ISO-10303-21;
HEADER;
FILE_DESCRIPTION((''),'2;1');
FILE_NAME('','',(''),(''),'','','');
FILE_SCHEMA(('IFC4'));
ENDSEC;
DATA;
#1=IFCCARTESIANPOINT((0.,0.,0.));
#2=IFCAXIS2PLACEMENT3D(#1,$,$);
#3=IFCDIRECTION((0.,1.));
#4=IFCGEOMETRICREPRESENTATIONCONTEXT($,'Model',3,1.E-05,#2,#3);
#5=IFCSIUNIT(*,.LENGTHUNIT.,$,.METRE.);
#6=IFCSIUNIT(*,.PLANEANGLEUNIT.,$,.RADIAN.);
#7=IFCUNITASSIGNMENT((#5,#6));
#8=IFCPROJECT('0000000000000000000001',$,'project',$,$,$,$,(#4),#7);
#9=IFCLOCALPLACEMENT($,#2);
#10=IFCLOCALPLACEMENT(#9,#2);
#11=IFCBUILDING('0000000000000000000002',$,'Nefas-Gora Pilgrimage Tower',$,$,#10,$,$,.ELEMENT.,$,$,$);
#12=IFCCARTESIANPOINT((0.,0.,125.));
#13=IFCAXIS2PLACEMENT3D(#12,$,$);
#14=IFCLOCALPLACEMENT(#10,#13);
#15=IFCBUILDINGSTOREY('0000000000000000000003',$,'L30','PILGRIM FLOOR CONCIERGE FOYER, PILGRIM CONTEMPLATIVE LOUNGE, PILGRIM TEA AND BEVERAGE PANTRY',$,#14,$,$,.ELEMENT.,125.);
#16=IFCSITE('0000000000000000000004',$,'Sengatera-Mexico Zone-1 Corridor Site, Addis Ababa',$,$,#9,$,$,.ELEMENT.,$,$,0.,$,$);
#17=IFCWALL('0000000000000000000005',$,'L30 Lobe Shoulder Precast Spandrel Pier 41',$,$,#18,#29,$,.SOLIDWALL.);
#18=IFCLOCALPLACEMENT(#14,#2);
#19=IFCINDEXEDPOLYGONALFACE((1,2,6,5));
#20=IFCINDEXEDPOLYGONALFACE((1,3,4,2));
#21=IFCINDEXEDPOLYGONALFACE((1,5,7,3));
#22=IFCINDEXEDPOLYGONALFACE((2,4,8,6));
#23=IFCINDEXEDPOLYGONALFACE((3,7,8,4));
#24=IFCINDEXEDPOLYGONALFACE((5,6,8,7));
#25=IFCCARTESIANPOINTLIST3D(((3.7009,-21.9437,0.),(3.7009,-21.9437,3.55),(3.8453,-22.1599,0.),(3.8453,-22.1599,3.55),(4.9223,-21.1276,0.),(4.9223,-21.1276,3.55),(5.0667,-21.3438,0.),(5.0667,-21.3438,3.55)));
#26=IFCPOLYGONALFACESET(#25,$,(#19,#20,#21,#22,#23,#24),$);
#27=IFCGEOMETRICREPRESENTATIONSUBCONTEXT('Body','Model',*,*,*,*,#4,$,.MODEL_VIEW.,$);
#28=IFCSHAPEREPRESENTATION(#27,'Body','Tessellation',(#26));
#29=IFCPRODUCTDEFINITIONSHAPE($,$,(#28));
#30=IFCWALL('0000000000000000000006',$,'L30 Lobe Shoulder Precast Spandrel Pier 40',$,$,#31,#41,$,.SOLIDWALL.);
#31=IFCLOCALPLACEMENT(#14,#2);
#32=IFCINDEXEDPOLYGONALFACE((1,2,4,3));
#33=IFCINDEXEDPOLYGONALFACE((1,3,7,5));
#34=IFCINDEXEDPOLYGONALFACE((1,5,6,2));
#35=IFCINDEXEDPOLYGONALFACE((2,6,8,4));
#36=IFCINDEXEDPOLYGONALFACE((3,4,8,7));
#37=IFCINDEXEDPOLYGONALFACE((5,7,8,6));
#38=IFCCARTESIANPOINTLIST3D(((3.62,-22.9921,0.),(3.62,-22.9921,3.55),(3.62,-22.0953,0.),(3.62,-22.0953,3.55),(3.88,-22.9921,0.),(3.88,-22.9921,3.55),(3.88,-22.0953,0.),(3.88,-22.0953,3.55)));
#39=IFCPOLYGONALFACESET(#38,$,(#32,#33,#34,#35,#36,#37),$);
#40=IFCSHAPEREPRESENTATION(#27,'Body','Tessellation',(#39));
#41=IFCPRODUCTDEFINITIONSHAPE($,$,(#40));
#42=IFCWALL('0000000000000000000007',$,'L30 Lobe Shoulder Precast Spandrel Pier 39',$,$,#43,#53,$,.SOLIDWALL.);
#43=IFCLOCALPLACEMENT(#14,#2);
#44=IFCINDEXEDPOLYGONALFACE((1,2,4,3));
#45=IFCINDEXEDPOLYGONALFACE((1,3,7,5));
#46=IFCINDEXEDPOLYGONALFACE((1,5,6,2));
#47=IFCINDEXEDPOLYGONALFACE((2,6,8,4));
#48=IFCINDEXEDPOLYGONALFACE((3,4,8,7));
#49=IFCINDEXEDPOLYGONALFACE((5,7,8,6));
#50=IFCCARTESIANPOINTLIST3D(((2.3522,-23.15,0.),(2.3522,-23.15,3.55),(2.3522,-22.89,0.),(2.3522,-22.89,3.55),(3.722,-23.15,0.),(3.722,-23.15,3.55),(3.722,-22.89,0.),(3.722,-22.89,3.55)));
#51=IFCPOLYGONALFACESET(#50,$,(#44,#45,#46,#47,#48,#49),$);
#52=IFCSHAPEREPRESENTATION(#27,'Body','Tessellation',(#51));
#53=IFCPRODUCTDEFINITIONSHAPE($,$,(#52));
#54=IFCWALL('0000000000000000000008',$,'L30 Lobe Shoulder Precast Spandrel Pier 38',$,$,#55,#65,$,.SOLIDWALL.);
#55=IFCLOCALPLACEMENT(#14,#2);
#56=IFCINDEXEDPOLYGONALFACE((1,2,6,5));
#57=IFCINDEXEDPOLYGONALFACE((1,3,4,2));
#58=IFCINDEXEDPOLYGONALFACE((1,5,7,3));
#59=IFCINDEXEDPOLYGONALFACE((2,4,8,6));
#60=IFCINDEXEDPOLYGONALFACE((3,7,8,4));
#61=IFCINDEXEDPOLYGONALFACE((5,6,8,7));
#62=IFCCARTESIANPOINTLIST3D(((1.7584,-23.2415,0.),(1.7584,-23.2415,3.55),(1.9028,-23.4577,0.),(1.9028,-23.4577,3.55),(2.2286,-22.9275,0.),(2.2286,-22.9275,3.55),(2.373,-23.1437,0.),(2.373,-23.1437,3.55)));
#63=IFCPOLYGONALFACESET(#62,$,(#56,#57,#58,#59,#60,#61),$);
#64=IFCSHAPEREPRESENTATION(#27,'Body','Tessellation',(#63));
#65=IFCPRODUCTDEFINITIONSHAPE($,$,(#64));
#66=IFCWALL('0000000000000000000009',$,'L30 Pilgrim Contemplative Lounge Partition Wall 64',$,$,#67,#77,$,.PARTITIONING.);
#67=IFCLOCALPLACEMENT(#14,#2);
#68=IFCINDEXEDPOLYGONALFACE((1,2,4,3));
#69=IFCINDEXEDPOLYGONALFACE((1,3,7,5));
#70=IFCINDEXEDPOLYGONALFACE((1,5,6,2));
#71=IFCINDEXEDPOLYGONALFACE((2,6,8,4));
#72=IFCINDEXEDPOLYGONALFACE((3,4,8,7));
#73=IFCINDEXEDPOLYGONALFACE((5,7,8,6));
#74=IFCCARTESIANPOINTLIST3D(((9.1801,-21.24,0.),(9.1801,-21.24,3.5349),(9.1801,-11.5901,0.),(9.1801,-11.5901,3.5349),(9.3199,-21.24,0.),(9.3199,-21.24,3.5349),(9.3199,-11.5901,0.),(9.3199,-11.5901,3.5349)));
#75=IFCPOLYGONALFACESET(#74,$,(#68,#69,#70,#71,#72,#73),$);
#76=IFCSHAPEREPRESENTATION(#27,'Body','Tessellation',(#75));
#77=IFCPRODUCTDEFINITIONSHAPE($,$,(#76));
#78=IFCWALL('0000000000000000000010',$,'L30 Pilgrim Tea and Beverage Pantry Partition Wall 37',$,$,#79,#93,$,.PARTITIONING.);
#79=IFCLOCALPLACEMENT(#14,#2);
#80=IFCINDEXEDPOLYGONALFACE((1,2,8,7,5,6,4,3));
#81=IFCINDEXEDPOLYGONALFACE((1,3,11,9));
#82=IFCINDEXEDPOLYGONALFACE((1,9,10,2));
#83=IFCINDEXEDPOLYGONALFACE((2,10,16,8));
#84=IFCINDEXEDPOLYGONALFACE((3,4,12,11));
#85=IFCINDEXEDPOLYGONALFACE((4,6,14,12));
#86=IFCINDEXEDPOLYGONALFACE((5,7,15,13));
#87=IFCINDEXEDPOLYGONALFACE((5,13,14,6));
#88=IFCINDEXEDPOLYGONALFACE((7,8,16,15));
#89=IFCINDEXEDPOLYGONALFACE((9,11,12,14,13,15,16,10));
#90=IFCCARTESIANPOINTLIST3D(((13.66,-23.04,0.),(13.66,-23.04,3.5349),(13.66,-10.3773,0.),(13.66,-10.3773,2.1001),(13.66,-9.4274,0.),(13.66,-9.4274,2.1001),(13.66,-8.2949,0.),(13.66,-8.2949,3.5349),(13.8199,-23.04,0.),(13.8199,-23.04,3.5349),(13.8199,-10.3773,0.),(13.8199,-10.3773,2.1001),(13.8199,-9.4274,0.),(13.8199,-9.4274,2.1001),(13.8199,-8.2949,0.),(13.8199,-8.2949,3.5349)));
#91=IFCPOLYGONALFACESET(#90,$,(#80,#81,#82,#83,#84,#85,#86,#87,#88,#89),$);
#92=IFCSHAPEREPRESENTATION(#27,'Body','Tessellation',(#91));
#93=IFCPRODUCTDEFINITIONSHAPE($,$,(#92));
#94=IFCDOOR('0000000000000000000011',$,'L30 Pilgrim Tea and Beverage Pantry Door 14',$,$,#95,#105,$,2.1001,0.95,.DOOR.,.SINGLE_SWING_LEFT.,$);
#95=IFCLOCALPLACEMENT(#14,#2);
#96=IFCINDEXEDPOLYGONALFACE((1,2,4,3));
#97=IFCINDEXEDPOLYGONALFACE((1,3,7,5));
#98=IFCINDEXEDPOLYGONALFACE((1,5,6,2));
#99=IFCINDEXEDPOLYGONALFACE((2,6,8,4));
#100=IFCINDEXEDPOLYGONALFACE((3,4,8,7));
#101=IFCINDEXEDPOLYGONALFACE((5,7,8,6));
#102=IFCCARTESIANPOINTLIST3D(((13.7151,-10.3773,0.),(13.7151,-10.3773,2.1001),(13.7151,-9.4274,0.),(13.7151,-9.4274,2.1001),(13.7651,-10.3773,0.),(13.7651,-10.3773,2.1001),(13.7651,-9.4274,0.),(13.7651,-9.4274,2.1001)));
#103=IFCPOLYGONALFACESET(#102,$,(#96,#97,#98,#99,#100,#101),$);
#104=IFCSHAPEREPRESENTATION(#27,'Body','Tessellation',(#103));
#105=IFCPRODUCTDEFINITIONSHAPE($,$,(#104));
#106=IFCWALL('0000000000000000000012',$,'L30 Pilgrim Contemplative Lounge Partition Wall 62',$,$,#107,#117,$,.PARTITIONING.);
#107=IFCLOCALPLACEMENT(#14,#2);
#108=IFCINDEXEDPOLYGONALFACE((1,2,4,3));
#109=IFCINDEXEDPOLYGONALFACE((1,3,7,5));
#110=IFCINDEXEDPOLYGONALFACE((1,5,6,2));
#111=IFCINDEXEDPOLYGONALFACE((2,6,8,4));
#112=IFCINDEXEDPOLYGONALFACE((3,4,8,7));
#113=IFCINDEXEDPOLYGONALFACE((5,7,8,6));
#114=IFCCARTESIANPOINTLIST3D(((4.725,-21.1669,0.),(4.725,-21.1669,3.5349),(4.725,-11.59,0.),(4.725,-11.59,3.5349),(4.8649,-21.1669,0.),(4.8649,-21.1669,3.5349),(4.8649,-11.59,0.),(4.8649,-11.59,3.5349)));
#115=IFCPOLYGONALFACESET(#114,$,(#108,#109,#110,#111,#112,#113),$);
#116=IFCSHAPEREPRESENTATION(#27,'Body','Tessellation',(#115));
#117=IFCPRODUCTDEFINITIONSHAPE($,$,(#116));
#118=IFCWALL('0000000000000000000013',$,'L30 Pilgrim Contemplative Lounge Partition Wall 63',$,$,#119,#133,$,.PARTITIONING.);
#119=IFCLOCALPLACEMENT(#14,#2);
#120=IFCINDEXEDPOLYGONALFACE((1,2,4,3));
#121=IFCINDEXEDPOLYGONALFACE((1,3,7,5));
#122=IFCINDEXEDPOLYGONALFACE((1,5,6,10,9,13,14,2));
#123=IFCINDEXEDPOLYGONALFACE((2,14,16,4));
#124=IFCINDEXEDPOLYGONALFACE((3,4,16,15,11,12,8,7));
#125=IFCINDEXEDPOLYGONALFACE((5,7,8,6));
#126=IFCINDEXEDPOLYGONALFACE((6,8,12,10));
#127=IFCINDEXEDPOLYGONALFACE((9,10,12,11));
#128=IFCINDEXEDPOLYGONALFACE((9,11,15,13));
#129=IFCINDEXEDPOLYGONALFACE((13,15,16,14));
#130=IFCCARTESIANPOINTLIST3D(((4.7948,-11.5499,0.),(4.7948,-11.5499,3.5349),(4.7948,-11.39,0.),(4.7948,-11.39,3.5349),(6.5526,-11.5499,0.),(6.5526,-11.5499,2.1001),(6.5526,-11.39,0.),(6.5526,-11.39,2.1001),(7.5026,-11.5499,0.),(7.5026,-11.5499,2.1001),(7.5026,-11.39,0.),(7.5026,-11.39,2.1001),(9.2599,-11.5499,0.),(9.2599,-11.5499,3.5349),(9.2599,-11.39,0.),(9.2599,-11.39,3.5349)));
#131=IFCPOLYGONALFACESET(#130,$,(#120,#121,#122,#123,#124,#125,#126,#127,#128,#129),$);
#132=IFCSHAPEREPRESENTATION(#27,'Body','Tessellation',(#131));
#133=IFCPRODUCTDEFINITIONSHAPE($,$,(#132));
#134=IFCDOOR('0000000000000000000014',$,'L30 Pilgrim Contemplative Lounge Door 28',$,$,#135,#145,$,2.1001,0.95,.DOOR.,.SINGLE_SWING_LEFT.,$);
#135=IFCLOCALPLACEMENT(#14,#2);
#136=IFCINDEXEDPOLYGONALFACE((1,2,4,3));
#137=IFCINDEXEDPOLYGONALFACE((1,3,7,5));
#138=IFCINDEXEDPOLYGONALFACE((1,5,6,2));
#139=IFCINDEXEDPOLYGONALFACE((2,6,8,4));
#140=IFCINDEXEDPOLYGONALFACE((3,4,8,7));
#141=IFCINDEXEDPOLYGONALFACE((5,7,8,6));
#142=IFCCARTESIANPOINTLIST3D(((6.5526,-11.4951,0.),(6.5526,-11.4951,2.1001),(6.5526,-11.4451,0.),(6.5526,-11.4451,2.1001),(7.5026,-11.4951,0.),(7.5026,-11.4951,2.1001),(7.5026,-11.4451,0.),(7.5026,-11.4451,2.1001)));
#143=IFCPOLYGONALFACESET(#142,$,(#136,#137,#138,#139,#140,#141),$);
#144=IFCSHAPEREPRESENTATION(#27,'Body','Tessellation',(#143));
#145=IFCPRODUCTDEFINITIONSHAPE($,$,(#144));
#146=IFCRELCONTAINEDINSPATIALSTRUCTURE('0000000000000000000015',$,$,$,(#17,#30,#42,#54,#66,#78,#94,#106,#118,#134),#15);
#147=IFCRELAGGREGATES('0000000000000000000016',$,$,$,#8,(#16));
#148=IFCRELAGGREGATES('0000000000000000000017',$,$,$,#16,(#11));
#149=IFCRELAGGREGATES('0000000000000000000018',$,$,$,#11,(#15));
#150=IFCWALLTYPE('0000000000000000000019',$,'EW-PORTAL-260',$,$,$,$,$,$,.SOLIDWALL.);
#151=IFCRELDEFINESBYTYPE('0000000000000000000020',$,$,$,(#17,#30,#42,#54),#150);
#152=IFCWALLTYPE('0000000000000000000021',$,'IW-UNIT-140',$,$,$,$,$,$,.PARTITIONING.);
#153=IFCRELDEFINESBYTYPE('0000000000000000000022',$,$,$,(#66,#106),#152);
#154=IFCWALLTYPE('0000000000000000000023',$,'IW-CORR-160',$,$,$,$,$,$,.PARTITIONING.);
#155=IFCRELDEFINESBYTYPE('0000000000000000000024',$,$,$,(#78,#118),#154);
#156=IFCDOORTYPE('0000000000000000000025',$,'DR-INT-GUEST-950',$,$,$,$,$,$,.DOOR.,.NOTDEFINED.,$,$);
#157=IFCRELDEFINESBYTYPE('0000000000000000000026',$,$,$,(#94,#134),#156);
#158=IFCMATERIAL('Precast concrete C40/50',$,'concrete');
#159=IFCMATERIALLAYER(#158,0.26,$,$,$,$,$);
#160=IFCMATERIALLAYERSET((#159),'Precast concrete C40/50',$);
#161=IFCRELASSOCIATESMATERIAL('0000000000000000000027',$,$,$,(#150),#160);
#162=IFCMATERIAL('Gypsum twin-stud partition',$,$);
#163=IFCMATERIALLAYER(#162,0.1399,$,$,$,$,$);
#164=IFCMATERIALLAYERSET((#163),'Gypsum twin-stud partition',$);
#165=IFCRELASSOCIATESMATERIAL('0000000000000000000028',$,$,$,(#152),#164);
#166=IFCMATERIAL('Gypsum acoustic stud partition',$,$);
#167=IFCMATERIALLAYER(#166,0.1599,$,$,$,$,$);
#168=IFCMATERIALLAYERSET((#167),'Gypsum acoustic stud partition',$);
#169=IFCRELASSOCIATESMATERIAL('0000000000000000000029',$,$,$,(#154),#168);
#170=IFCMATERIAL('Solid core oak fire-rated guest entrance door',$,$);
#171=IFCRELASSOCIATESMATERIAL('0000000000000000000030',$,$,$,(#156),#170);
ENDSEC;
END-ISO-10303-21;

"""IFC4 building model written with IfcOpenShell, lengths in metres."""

from ifc_helpers import new_model, si_unit, direction, frame, frame_2d, origin, place, context, subcontext, project, spatial, rectangle, extrude, source, transform, mapped, material, layer, layer_set, type_object, element, fill, save


model = new_model("IFC4")

# Units and contexts
model_context = context("Model", 3, precision=1e-05, world=origin(), true_north=direction((0.0, 1.0)))
body_context = subcontext(model_context, "Body", "Model", "MODEL_VIEW")
ifc_project = project(units=[si_unit("LENGTHUNIT", "METRE"), si_unit("PLANEANGLEUNIT", "RADIAN")], contexts=[model_context])

# Site, building, storey
site_placement = place(None, origin())
site = spatial("IfcSite", under=ifc_project, at=site_placement, Name="Sengatera-Mexico Zone-1 Corridor Site, Addis Ababa", CompositionType="ELEMENT", RefElevation=0.0)
building_placement = place(site_placement, origin())
building = spatial("IfcBuilding", under=site, at=building_placement, Name="Nefas-Gora Pilgrimage Tower", CompositionType="ELEMENT")
storey_placement = place(building_placement, frame((0.0, 0.0, 125.0)))
storey = spatial("IfcBuildingStorey", under=building, at=storey_placement, Name="L30", Description="PILGRIM FLOOR CONCIERGE FOYER, PILGRIM CONTEMPLATIVE LOUNGE, PILGRIM TEA AND BEVERAGE PANTRY", CompositionType="ELEMENT", Elevation=125.0)

# Walls
ifc_material_1 = material(Name="Precast concrete C40/50", Category="concrete")
ifc_layer_1 = layer(ifc_material_1, 0.26)
ifc_layer_set_1 = layer_set([ifc_layer_1], Name="Precast concrete C40/50")
wall_type_1 = type_object("IfcWallType", Name="EW-PORTAL-260", PredefinedType="SOLIDWALL", material=ifc_layer_set_1)
shared_shape_1 = source(origin(), body_context, "Body", "SweptSolid", [
    extrude(rectangle(XDim=1.469, YDim=0.26, at=frame_2d((0.7344, 0.0))), origin(), (0.0, 0.0, 1.0), 3.55),
])
wall_1_placement = place(storey_placement, frame((3.7732, -22.0518, 0.0), z_axis=(0.0, 0.0, 1.0), x_axis=(0.831462, 0.555582, 0.0)))
element("IfcWall", 1, at=wall_1_placement, inside=storey, type_object=wall_type_1, Name="L30 Lobe Shoulder Precast Spandrel Pier 41", PredefinedType="SOLIDWALL", context=body_context, shape_type="MappedRepresentation", body=[
    mapped(shared_shape_1, transform((0.0, 0.0, 0.0), x_axis=(1.0, 0.0, 0.0), y_axis=(0.0, 1.0, 0.0), z_axis=(0.0, 0.0, 1.0), scale=1.0)),
])
shared_shape_2 = source(origin(), body_context, "Body", "SweptSolid", [
    extrude(rectangle(XDim=0.8967, YDim=0.26, at=frame_2d((0.4482, 0.0))), origin(), (0.0, 0.0, 1.0), 3.55),
])
wall_2_placement = place(storey_placement, frame((3.75, -22.9919, 0.0), z_axis=(0.0, 0.0, 1.0), x_axis=(0.0, 1.0, 0.0)))
element("IfcWall", 2, at=wall_2_placement, inside=storey, type_object=wall_type_1, Name="L30 Lobe Shoulder Precast Spandrel Pier 40", PredefinedType="SOLIDWALL", context=body_context, shape_type="MappedRepresentation", body=[
    mapped(shared_shape_2, transform((0.0, 0.0, 0.0), x_axis=(1.0, 0.0, 0.0), y_axis=(0.0, 1.0, 0.0), z_axis=(0.0, 0.0, 1.0), scale=1.0)),
])
shared_shape_3 = source(origin(), body_context, "Body", "SweptSolid", [
    extrude(rectangle(XDim=1.3699, YDim=0.26, at=frame_2d((0.6851, 0.0))), origin(), (0.0, 0.0, 1.0), 3.55),
])
wall_3_placement = place(storey_placement, frame((2.3521, -23.02, 0.0), z_axis=(0.0, 0.0, 1.0), x_axis=(1.0, 0.0, 0.0)))
element("IfcWall", 3, at=wall_3_placement, inside=storey, type_object=wall_type_1, Name="L30 Lobe Shoulder Precast Spandrel Pier 39", PredefinedType="SOLIDWALL", context=body_context, shape_type="MappedRepresentation", body=[
    mapped(shared_shape_3, transform((0.0, 0.0, 0.0), x_axis=(1.0, 0.0, 0.0), y_axis=(0.0, 1.0, 0.0), z_axis=(0.0, 0.0, 1.0), scale=1.0)),
])
shared_shape_4 = source(origin(), body_context, "Body", "SweptSolid", [
    extrude(rectangle(XDim=0.5654, YDim=0.26, at=frame_2d((0.2827, 0.0))), origin(), (0.0, 0.0, 1.0), 3.55),
])
wall_4_placement = place(storey_placement, frame((1.8306, -23.3496, 0.0), z_axis=(0.0, 0.0, 1.0), x_axis=(0.831651, 0.555298, 0.0)))
element("IfcWall", 4, at=wall_4_placement, inside=storey, type_object=wall_type_1, Name="L30 Lobe Shoulder Precast Spandrel Pier 38", PredefinedType="SOLIDWALL", context=body_context, shape_type="MappedRepresentation", body=[
    mapped(shared_shape_4, transform((0.0, 0.0, 0.0), x_axis=(1.0, 0.0, 0.0), y_axis=(0.0, 1.0, 0.0), z_axis=(0.0, 0.0, 1.0), scale=1.0)),
])
ifc_material_2 = material(Name="Gypsum twin-stud partition")
ifc_layer_2 = layer(ifc_material_2, 0.1399)
ifc_layer_set_2 = layer_set([ifc_layer_2], Name="Gypsum twin-stud partition")
wall_type_2 = type_object("IfcWallType", Name="IW-UNIT-140", PredefinedType="PARTITIONING", material=ifc_layer_set_2)
shared_shape_5 = source(origin(), body_context, "Body", "SweptSolid", [
    extrude(rectangle(XDim=9.6499, YDim=0.1399, at=frame_2d((4.825, 0.0))), origin(), (0.0, 0.0, 1.0), 3.5349),
])
wall_5_placement = place(storey_placement, frame((9.25, -21.24, 0.0), z_axis=(0.0, 0.0, 1.0), x_axis=(0.0, 1.0, 0.0)))
element("IfcWall", 5, at=wall_5_placement, inside=storey, type_object=wall_type_2, Name="L30 Pilgrim Contemplative Lounge Partition Wall 64", PredefinedType="PARTITIONING", context=body_context, shape_type="MappedRepresentation", body=[
    mapped(shared_shape_5, transform((0.0, 0.0, 0.0), x_axis=(1.0, 0.0, 0.0), y_axis=(0.0, 1.0, 0.0), z_axis=(0.0, 0.0, 1.0), scale=1.0)),
])

# Wall, opening, door
ifc_material_3 = material(Name="Gypsum acoustic stud partition")
ifc_layer_3 = layer(ifc_material_3, 0.1599)
ifc_layer_set_3 = layer_set([ifc_layer_3], Name="Gypsum acoustic stud partition")
wall_type_3 = type_object("IfcWallType", Name="IW-CORR-160", PredefinedType="PARTITIONING", material=ifc_layer_set_3)
shared_shape_6 = source(origin(), body_context, "Body", "SweptSolid", [
    extrude(rectangle(XDim=14.7451, YDim=0.1599, at=frame_2d((7.3726, 0.0))), origin(), (0.0, 0.0, 1.0), 3.5349),
])
wall_6_placement = place(storey_placement, frame((13.74, -23.04, 0.0), z_axis=(0.0, 0.0, 1.0), x_axis=(0.0, 1.0, 0.0)))
wall_6 = element("IfcWall", 6, at=wall_6_placement, inside=storey, type_object=wall_type_3, Name="L30 Pilgrim Tea and Beverage Pantry Partition Wall 37", PredefinedType="PARTITIONING", context=body_context, shape_type="MappedRepresentation", body=[
    mapped(shared_shape_6, transform((0.0, 0.0, 0.0), x_axis=(1.0, 0.0, 0.0), y_axis=(0.0, 1.0, 0.0), z_axis=(0.0, 0.0, 1.0), scale=1.0)),
])
opening_1_placement = place(wall_6_placement, frame((12.6626, 0.0, 0.0)))
opening_1 = element("IfcOpeningElement", 7, at=opening_1_placement, cuts=wall_6, PredefinedType="OPENING", context=body_context, shape_type="SweptSolid", body=[
    extrude(rectangle(XDim=0.95, YDim=2.1001, at=frame_2d((0.4751, 1.05))), frame((0.0, 0.0898, 0.0), z_axis=(0.0, -1.0, 0.0), x_axis=(1.0, 0.0, 0.0)), (0.0, 0.0, 1.0), 0.1799),
])
ifc_material_4 = material(Name="Solid core oak fire-rated guest entrance door")
door_type = type_object("IfcDoorType", Name="DR-INT-GUEST-950", OperationType="NOTDEFINED", PredefinedType="DOOR", material=ifc_material_4)
shared_shape_7 = source(origin(), body_context, "Body", "SweptSolid", [
    extrude(rectangle(XDim=0.95, YDim=2.1001, at=frame_2d((0.4751, 1.05))), frame((0.0, 0.0249, 0.0), z_axis=(0.0, -1.0, 0.0), x_axis=(1.0, 0.0, 0.0)), (0.0, 0.0, 1.0), 0.05),
])
door_1_placement = place(opening_1_placement, origin())
door_1 = element("IfcDoor", 8, at=door_1_placement, inside=storey, type_object=door_type, Name="L30 Pilgrim Tea and Beverage Pantry Door 14", OperationType="SINGLE_SWING_LEFT", OverallHeight=2.1001, OverallWidth=0.95, PredefinedType="DOOR", context=body_context, shape_type="MappedRepresentation", body=[
    mapped(shared_shape_7, transform((0.0, 0.0, 0.0), x_axis=(1.0, 0.0, 0.0), y_axis=(0.0, 1.0, 0.0), z_axis=(0.0, 0.0, 1.0), scale=1.0)),
])
fill(opening_1, door_1)

# Wall
shared_shape_8 = source(origin(), body_context, "Body", "SweptSolid", [
    extrude(rectangle(XDim=9.5769, YDim=0.1399, at=frame_2d((4.7886, 0.0))), origin(), (0.0, 0.0, 1.0), 3.5349),
])
wall_7_placement = place(storey_placement, frame((4.7949, -21.167, 0.0), z_axis=(0.0, 0.0, 1.0), x_axis=(0.0, 1.0, 0.0)))
element("IfcWall", 9, at=wall_7_placement, inside=storey, type_object=wall_type_2, Name="L30 Pilgrim Contemplative Lounge Partition Wall 62", PredefinedType="PARTITIONING", context=body_context, shape_type="MappedRepresentation", body=[
    mapped(shared_shape_8, transform((0.0, 0.0, 0.0), x_axis=(1.0, 0.0, 0.0), y_axis=(0.0, 1.0, 0.0), z_axis=(0.0, 0.0, 1.0), scale=1.0)),
])

# Wall, opening, door
shared_shape_9 = source(origin(), body_context, "Body", "SweptSolid", [
    extrude(rectangle(XDim=4.4651, YDim=0.1599, at=frame_2d((2.2324, 0.0))), origin(), (0.0, 0.0, 1.0), 3.5349),
])
wall_8_placement = place(storey_placement, frame((4.7949, -11.47, 0.0), z_axis=(0.0, 0.0, 1.0), x_axis=(1.0, 0.0, 0.0)))
wall_8 = element("IfcWall", 10, at=wall_8_placement, inside=storey, type_object=wall_type_3, Name="L30 Pilgrim Contemplative Lounge Partition Wall 63", PredefinedType="PARTITIONING", context=body_context, shape_type="MappedRepresentation", body=[
    mapped(shared_shape_9, transform((0.0, 0.0, 0.0), x_axis=(1.0, 0.0, 0.0), y_axis=(0.0, 1.0, 0.0), z_axis=(0.0, 0.0, 1.0), scale=1.0)),
])
opening_2_placement = place(wall_8_placement, frame((1.7576, 0.0, 0.0)))
opening_2 = element("IfcOpeningElement", 11, at=opening_2_placement, cuts=wall_8, PredefinedType="OPENING", context=body_context, shape_type="SweptSolid", body=[
    extrude(rectangle(XDim=0.95, YDim=2.1001, at=frame_2d((0.4751, 1.05))), frame((0.0, 0.0898, 0.0), z_axis=(0.0, -1.0, 0.0), x_axis=(1.0, 0.0, 0.0)), (0.0, 0.0, 1.0), 0.1799),
])
door_2_placement = place(opening_2_placement, origin())
door_2 = element("IfcDoor", 12, at=door_2_placement, inside=storey, type_object=door_type, Name="L30 Pilgrim Contemplative Lounge Door 28", OperationType="SINGLE_SWING_LEFT", OverallHeight=2.1001, OverallWidth=0.95, PredefinedType="DOOR", context=body_context, shape_type="MappedRepresentation", body=[
    mapped(shared_shape_7, transform((0.0, 0.0, 0.0), x_axis=(1.0, 0.0, 0.0), y_axis=(0.0, 1.0, 0.0), z_axis=(0.0, 0.0, 1.0), scale=1.0)),
])
fill(opening_2, door_2)

save(model, "model.ifc")
